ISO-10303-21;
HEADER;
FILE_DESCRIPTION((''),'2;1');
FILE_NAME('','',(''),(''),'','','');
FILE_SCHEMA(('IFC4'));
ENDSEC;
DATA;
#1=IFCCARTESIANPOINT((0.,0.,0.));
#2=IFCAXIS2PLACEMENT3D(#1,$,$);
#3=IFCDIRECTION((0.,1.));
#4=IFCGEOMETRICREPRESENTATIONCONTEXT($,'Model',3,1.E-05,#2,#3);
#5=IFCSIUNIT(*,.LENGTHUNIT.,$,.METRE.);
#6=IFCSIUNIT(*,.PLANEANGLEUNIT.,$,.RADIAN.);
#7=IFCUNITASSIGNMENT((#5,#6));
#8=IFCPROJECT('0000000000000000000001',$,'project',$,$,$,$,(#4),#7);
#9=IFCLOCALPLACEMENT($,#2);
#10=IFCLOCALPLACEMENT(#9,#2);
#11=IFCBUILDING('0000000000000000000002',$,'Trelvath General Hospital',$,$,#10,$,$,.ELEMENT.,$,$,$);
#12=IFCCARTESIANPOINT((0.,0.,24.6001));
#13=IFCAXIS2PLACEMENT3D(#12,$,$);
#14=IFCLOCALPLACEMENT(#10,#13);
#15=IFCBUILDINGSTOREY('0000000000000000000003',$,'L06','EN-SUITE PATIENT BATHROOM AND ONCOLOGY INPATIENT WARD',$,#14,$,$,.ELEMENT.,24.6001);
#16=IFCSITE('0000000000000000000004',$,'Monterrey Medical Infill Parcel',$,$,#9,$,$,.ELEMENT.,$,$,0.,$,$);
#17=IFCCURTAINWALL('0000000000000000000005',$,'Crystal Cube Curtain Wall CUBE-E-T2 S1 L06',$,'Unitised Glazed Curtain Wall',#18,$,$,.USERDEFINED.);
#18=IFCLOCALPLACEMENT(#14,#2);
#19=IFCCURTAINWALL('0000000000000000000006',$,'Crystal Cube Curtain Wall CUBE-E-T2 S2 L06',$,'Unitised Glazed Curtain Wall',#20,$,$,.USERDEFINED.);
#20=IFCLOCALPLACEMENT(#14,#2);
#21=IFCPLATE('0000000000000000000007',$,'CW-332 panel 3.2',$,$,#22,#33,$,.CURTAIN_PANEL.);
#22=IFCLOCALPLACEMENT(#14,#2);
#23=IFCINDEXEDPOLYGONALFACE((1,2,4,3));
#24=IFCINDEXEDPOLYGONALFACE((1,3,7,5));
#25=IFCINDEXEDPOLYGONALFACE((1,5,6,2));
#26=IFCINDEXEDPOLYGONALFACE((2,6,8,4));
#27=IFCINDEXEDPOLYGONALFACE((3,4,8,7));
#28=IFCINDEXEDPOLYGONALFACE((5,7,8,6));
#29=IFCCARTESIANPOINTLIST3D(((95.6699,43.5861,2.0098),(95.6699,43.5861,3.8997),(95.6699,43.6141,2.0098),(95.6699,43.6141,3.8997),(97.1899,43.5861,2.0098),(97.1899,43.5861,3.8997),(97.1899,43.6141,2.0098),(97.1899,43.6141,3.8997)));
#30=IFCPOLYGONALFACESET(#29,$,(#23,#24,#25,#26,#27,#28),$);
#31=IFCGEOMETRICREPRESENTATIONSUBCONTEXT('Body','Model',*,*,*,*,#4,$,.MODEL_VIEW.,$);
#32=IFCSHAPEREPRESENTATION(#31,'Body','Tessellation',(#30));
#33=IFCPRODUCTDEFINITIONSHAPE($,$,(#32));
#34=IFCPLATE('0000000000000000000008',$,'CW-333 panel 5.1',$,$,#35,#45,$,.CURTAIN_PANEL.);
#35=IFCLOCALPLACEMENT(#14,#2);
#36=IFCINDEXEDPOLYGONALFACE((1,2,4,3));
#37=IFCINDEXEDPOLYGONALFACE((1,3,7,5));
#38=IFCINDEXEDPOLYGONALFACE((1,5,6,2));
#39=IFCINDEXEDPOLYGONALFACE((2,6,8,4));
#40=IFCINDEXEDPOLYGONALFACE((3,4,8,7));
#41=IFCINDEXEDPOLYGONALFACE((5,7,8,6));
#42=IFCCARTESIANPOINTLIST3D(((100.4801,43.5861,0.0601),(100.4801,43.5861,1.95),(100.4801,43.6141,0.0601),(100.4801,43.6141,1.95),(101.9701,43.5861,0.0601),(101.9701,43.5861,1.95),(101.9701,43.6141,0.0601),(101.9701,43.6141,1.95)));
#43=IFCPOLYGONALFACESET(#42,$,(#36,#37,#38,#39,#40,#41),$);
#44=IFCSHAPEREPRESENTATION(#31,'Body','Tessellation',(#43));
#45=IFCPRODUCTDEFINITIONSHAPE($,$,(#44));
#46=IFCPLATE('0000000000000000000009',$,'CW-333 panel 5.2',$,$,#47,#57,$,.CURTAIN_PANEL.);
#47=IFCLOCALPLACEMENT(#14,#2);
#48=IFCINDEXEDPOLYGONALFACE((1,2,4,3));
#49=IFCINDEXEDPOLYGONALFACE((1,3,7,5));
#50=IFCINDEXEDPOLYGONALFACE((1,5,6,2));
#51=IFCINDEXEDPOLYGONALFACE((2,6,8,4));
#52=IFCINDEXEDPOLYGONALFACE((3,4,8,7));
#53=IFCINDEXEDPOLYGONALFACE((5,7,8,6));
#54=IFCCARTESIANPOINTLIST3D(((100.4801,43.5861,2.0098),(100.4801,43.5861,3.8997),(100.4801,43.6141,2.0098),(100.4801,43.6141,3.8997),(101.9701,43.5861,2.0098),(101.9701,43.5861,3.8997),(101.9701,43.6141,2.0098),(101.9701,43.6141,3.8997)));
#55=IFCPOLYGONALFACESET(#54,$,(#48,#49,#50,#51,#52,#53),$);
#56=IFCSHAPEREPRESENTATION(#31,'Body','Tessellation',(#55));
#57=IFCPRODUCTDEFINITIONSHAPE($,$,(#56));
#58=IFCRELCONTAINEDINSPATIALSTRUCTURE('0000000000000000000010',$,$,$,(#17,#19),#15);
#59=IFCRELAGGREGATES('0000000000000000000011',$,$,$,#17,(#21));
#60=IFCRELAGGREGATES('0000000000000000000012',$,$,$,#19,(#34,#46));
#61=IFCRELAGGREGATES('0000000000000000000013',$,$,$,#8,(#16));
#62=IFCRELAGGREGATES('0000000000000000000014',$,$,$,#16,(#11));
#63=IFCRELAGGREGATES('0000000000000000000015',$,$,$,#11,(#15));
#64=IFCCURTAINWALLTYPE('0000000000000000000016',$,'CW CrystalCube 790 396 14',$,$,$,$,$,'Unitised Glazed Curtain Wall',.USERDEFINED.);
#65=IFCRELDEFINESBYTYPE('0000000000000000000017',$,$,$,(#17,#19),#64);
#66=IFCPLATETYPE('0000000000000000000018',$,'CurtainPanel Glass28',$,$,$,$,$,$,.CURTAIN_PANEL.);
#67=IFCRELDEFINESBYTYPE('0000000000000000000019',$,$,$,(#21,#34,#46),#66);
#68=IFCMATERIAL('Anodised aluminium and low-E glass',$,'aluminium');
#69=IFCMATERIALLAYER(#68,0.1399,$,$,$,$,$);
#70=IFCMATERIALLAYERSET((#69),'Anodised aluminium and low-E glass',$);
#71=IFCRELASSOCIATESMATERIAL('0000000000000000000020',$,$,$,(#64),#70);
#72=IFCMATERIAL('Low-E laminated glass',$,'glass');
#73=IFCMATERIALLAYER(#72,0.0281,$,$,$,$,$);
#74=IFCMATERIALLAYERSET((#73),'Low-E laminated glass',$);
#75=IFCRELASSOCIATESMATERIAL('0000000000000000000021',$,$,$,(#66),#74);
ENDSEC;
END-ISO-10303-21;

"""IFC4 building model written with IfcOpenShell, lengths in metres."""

from ifc_helpers import new_model, si_unit, direction, frame, origin, origin_2d, place, context, subcontext, project, spatial, rectangle, extrude, material, layer, layer_set, type_object, element, aggregate, save


model = new_model("IFC4")

# Units and contexts
model_context = context("Model", 3, precision=1e-05, world=origin(), true_north=direction((0.0, 1.0)))
body_context = subcontext(model_context, "Body", "Model", "MODEL_VIEW")
ifc_project = project(units=[si_unit("LENGTHUNIT", "METRE"), si_unit("PLANEANGLEUNIT", "RADIAN")], contexts=[model_context])

# Site, building, storey
site_placement = place(None, origin())
site = spatial("IfcSite", under=ifc_project, at=site_placement, Name="Monterrey Medical Infill Parcel", CompositionType="ELEMENT", RefElevation=0.0)
building_placement = place(site_placement, origin())
building = spatial("IfcBuilding", under=site, at=building_placement, Name="Trelvath General Hospital", CompositionType="ELEMENT")
storey_placement = place(building_placement, frame((0.0, 0.0, 24.6001)))
storey = spatial("IfcBuildingStorey", under=building, at=storey_placement, Name="L06", Description="EN-SUITE PATIENT BATHROOM AND ONCOLOGY INPATIENT WARD", CompositionType="ELEMENT", Elevation=24.6001)

# Curtain wall
ifc_material_1 = material(Name="Anodised aluminium and low-E glass", Category="aluminium")
ifc_layer_1 = layer(ifc_material_1, 0.1399)
ifc_layer_set_1 = layer_set([ifc_layer_1], Name="Anodised aluminium and low-E glass")
curtain_wall_type = type_object("IfcCurtainWallType", Name="CW CrystalCube 790 396 14", ElementType="Unitised Glazed Curtain Wall", PredefinedType="USERDEFINED", material=ifc_layer_set_1)
curtain_wall_1_placement = place(storey_placement, origin())
curtain_wall_1 = element("IfcCurtainWall", 1, at=curtain_wall_1_placement, inside=storey, type_object=curtain_wall_type, Name="Crystal Cube Curtain Wall CUBE-E-T2 S1 L06", ObjectType="Unitised Glazed Curtain Wall", PredefinedType="USERDEFINED")

# Curtain wall
curtain_wall_2_placement = place(storey_placement, origin())
curtain_wall_2 = element("IfcCurtainWall", 2, at=curtain_wall_2_placement, inside=storey, type_object=curtain_wall_type, Name="Crystal Cube Curtain Wall CUBE-E-T2 S2 L06", ObjectType="Unitised Glazed Curtain Wall", PredefinedType="USERDEFINED")

# Plates
ifc_material_2 = material(Name="Low-E laminated glass", Category="glass")
ifc_layer_2 = layer(ifc_material_2, 0.0281)
ifc_layer_set_2 = layer_set([ifc_layer_2], Name="Low-E laminated glass")
plate_type = type_object("IfcPlateType", Name="CurtainPanel Glass28", PredefinedType="CURTAIN_PANEL", material=ifc_layer_set_2)
plate_1_placement = place(storey_placement, frame((96.4299, 43.6001, 2.0098), z_axis=(0.0, 0.0, 1.0), x_axis=(-1.0, 0.0, 0.0)))
plate_1 = element("IfcPlate", 3, at=plate_1_placement, type_object=plate_type, Name="CW-332 panel 3.2", PredefinedType="CURTAIN_PANEL", context=body_context, shape_type="SweptSolid", body=[
    extrude(rectangle(XDim=1.52, YDim=0.0281, at=origin_2d()), origin(), (0.0, 0.0, 1.0), 1.8899),
])
aggregate(curtain_wall_1, [plate_1])
plate_2_placement = place(storey_placement, frame((101.2251, 43.6001, 0.0601), z_axis=(0.0, 0.0, 1.0), x_axis=(-1.0, 0.0, 0.0)))
plate_2 = element("IfcPlate", 4, at=plate_2_placement, type_object=plate_type, Name="CW-333 panel 5.1", PredefinedType="CURTAIN_PANEL", context=body_context, shape_type="SweptSolid", body=[
    extrude(rectangle(XDim=1.49, YDim=0.0281, at=origin_2d()), origin(), (0.0, 0.0, 1.0), 1.8899),
])
plate_3_placement = place(storey_placement, frame((101.2251, 43.6001, 2.0098), z_axis=(0.0, 0.0, 1.0), x_axis=(-1.0, 0.0, 0.0)))
plate_3 = element("IfcPlate", 5, at=plate_3_placement, type_object=plate_type, Name="CW-333 panel 5.2", PredefinedType="CURTAIN_PANEL", context=body_context, shape_type="SweptSolid", body=[
    extrude(rectangle(XDim=1.49, YDim=0.0281, at=origin_2d()), origin(), (0.0, 0.0, 1.0), 1.8899),
])
aggregate(curtain_wall_2, [plate_2, plate_3])

save(model, "model.ifc")
